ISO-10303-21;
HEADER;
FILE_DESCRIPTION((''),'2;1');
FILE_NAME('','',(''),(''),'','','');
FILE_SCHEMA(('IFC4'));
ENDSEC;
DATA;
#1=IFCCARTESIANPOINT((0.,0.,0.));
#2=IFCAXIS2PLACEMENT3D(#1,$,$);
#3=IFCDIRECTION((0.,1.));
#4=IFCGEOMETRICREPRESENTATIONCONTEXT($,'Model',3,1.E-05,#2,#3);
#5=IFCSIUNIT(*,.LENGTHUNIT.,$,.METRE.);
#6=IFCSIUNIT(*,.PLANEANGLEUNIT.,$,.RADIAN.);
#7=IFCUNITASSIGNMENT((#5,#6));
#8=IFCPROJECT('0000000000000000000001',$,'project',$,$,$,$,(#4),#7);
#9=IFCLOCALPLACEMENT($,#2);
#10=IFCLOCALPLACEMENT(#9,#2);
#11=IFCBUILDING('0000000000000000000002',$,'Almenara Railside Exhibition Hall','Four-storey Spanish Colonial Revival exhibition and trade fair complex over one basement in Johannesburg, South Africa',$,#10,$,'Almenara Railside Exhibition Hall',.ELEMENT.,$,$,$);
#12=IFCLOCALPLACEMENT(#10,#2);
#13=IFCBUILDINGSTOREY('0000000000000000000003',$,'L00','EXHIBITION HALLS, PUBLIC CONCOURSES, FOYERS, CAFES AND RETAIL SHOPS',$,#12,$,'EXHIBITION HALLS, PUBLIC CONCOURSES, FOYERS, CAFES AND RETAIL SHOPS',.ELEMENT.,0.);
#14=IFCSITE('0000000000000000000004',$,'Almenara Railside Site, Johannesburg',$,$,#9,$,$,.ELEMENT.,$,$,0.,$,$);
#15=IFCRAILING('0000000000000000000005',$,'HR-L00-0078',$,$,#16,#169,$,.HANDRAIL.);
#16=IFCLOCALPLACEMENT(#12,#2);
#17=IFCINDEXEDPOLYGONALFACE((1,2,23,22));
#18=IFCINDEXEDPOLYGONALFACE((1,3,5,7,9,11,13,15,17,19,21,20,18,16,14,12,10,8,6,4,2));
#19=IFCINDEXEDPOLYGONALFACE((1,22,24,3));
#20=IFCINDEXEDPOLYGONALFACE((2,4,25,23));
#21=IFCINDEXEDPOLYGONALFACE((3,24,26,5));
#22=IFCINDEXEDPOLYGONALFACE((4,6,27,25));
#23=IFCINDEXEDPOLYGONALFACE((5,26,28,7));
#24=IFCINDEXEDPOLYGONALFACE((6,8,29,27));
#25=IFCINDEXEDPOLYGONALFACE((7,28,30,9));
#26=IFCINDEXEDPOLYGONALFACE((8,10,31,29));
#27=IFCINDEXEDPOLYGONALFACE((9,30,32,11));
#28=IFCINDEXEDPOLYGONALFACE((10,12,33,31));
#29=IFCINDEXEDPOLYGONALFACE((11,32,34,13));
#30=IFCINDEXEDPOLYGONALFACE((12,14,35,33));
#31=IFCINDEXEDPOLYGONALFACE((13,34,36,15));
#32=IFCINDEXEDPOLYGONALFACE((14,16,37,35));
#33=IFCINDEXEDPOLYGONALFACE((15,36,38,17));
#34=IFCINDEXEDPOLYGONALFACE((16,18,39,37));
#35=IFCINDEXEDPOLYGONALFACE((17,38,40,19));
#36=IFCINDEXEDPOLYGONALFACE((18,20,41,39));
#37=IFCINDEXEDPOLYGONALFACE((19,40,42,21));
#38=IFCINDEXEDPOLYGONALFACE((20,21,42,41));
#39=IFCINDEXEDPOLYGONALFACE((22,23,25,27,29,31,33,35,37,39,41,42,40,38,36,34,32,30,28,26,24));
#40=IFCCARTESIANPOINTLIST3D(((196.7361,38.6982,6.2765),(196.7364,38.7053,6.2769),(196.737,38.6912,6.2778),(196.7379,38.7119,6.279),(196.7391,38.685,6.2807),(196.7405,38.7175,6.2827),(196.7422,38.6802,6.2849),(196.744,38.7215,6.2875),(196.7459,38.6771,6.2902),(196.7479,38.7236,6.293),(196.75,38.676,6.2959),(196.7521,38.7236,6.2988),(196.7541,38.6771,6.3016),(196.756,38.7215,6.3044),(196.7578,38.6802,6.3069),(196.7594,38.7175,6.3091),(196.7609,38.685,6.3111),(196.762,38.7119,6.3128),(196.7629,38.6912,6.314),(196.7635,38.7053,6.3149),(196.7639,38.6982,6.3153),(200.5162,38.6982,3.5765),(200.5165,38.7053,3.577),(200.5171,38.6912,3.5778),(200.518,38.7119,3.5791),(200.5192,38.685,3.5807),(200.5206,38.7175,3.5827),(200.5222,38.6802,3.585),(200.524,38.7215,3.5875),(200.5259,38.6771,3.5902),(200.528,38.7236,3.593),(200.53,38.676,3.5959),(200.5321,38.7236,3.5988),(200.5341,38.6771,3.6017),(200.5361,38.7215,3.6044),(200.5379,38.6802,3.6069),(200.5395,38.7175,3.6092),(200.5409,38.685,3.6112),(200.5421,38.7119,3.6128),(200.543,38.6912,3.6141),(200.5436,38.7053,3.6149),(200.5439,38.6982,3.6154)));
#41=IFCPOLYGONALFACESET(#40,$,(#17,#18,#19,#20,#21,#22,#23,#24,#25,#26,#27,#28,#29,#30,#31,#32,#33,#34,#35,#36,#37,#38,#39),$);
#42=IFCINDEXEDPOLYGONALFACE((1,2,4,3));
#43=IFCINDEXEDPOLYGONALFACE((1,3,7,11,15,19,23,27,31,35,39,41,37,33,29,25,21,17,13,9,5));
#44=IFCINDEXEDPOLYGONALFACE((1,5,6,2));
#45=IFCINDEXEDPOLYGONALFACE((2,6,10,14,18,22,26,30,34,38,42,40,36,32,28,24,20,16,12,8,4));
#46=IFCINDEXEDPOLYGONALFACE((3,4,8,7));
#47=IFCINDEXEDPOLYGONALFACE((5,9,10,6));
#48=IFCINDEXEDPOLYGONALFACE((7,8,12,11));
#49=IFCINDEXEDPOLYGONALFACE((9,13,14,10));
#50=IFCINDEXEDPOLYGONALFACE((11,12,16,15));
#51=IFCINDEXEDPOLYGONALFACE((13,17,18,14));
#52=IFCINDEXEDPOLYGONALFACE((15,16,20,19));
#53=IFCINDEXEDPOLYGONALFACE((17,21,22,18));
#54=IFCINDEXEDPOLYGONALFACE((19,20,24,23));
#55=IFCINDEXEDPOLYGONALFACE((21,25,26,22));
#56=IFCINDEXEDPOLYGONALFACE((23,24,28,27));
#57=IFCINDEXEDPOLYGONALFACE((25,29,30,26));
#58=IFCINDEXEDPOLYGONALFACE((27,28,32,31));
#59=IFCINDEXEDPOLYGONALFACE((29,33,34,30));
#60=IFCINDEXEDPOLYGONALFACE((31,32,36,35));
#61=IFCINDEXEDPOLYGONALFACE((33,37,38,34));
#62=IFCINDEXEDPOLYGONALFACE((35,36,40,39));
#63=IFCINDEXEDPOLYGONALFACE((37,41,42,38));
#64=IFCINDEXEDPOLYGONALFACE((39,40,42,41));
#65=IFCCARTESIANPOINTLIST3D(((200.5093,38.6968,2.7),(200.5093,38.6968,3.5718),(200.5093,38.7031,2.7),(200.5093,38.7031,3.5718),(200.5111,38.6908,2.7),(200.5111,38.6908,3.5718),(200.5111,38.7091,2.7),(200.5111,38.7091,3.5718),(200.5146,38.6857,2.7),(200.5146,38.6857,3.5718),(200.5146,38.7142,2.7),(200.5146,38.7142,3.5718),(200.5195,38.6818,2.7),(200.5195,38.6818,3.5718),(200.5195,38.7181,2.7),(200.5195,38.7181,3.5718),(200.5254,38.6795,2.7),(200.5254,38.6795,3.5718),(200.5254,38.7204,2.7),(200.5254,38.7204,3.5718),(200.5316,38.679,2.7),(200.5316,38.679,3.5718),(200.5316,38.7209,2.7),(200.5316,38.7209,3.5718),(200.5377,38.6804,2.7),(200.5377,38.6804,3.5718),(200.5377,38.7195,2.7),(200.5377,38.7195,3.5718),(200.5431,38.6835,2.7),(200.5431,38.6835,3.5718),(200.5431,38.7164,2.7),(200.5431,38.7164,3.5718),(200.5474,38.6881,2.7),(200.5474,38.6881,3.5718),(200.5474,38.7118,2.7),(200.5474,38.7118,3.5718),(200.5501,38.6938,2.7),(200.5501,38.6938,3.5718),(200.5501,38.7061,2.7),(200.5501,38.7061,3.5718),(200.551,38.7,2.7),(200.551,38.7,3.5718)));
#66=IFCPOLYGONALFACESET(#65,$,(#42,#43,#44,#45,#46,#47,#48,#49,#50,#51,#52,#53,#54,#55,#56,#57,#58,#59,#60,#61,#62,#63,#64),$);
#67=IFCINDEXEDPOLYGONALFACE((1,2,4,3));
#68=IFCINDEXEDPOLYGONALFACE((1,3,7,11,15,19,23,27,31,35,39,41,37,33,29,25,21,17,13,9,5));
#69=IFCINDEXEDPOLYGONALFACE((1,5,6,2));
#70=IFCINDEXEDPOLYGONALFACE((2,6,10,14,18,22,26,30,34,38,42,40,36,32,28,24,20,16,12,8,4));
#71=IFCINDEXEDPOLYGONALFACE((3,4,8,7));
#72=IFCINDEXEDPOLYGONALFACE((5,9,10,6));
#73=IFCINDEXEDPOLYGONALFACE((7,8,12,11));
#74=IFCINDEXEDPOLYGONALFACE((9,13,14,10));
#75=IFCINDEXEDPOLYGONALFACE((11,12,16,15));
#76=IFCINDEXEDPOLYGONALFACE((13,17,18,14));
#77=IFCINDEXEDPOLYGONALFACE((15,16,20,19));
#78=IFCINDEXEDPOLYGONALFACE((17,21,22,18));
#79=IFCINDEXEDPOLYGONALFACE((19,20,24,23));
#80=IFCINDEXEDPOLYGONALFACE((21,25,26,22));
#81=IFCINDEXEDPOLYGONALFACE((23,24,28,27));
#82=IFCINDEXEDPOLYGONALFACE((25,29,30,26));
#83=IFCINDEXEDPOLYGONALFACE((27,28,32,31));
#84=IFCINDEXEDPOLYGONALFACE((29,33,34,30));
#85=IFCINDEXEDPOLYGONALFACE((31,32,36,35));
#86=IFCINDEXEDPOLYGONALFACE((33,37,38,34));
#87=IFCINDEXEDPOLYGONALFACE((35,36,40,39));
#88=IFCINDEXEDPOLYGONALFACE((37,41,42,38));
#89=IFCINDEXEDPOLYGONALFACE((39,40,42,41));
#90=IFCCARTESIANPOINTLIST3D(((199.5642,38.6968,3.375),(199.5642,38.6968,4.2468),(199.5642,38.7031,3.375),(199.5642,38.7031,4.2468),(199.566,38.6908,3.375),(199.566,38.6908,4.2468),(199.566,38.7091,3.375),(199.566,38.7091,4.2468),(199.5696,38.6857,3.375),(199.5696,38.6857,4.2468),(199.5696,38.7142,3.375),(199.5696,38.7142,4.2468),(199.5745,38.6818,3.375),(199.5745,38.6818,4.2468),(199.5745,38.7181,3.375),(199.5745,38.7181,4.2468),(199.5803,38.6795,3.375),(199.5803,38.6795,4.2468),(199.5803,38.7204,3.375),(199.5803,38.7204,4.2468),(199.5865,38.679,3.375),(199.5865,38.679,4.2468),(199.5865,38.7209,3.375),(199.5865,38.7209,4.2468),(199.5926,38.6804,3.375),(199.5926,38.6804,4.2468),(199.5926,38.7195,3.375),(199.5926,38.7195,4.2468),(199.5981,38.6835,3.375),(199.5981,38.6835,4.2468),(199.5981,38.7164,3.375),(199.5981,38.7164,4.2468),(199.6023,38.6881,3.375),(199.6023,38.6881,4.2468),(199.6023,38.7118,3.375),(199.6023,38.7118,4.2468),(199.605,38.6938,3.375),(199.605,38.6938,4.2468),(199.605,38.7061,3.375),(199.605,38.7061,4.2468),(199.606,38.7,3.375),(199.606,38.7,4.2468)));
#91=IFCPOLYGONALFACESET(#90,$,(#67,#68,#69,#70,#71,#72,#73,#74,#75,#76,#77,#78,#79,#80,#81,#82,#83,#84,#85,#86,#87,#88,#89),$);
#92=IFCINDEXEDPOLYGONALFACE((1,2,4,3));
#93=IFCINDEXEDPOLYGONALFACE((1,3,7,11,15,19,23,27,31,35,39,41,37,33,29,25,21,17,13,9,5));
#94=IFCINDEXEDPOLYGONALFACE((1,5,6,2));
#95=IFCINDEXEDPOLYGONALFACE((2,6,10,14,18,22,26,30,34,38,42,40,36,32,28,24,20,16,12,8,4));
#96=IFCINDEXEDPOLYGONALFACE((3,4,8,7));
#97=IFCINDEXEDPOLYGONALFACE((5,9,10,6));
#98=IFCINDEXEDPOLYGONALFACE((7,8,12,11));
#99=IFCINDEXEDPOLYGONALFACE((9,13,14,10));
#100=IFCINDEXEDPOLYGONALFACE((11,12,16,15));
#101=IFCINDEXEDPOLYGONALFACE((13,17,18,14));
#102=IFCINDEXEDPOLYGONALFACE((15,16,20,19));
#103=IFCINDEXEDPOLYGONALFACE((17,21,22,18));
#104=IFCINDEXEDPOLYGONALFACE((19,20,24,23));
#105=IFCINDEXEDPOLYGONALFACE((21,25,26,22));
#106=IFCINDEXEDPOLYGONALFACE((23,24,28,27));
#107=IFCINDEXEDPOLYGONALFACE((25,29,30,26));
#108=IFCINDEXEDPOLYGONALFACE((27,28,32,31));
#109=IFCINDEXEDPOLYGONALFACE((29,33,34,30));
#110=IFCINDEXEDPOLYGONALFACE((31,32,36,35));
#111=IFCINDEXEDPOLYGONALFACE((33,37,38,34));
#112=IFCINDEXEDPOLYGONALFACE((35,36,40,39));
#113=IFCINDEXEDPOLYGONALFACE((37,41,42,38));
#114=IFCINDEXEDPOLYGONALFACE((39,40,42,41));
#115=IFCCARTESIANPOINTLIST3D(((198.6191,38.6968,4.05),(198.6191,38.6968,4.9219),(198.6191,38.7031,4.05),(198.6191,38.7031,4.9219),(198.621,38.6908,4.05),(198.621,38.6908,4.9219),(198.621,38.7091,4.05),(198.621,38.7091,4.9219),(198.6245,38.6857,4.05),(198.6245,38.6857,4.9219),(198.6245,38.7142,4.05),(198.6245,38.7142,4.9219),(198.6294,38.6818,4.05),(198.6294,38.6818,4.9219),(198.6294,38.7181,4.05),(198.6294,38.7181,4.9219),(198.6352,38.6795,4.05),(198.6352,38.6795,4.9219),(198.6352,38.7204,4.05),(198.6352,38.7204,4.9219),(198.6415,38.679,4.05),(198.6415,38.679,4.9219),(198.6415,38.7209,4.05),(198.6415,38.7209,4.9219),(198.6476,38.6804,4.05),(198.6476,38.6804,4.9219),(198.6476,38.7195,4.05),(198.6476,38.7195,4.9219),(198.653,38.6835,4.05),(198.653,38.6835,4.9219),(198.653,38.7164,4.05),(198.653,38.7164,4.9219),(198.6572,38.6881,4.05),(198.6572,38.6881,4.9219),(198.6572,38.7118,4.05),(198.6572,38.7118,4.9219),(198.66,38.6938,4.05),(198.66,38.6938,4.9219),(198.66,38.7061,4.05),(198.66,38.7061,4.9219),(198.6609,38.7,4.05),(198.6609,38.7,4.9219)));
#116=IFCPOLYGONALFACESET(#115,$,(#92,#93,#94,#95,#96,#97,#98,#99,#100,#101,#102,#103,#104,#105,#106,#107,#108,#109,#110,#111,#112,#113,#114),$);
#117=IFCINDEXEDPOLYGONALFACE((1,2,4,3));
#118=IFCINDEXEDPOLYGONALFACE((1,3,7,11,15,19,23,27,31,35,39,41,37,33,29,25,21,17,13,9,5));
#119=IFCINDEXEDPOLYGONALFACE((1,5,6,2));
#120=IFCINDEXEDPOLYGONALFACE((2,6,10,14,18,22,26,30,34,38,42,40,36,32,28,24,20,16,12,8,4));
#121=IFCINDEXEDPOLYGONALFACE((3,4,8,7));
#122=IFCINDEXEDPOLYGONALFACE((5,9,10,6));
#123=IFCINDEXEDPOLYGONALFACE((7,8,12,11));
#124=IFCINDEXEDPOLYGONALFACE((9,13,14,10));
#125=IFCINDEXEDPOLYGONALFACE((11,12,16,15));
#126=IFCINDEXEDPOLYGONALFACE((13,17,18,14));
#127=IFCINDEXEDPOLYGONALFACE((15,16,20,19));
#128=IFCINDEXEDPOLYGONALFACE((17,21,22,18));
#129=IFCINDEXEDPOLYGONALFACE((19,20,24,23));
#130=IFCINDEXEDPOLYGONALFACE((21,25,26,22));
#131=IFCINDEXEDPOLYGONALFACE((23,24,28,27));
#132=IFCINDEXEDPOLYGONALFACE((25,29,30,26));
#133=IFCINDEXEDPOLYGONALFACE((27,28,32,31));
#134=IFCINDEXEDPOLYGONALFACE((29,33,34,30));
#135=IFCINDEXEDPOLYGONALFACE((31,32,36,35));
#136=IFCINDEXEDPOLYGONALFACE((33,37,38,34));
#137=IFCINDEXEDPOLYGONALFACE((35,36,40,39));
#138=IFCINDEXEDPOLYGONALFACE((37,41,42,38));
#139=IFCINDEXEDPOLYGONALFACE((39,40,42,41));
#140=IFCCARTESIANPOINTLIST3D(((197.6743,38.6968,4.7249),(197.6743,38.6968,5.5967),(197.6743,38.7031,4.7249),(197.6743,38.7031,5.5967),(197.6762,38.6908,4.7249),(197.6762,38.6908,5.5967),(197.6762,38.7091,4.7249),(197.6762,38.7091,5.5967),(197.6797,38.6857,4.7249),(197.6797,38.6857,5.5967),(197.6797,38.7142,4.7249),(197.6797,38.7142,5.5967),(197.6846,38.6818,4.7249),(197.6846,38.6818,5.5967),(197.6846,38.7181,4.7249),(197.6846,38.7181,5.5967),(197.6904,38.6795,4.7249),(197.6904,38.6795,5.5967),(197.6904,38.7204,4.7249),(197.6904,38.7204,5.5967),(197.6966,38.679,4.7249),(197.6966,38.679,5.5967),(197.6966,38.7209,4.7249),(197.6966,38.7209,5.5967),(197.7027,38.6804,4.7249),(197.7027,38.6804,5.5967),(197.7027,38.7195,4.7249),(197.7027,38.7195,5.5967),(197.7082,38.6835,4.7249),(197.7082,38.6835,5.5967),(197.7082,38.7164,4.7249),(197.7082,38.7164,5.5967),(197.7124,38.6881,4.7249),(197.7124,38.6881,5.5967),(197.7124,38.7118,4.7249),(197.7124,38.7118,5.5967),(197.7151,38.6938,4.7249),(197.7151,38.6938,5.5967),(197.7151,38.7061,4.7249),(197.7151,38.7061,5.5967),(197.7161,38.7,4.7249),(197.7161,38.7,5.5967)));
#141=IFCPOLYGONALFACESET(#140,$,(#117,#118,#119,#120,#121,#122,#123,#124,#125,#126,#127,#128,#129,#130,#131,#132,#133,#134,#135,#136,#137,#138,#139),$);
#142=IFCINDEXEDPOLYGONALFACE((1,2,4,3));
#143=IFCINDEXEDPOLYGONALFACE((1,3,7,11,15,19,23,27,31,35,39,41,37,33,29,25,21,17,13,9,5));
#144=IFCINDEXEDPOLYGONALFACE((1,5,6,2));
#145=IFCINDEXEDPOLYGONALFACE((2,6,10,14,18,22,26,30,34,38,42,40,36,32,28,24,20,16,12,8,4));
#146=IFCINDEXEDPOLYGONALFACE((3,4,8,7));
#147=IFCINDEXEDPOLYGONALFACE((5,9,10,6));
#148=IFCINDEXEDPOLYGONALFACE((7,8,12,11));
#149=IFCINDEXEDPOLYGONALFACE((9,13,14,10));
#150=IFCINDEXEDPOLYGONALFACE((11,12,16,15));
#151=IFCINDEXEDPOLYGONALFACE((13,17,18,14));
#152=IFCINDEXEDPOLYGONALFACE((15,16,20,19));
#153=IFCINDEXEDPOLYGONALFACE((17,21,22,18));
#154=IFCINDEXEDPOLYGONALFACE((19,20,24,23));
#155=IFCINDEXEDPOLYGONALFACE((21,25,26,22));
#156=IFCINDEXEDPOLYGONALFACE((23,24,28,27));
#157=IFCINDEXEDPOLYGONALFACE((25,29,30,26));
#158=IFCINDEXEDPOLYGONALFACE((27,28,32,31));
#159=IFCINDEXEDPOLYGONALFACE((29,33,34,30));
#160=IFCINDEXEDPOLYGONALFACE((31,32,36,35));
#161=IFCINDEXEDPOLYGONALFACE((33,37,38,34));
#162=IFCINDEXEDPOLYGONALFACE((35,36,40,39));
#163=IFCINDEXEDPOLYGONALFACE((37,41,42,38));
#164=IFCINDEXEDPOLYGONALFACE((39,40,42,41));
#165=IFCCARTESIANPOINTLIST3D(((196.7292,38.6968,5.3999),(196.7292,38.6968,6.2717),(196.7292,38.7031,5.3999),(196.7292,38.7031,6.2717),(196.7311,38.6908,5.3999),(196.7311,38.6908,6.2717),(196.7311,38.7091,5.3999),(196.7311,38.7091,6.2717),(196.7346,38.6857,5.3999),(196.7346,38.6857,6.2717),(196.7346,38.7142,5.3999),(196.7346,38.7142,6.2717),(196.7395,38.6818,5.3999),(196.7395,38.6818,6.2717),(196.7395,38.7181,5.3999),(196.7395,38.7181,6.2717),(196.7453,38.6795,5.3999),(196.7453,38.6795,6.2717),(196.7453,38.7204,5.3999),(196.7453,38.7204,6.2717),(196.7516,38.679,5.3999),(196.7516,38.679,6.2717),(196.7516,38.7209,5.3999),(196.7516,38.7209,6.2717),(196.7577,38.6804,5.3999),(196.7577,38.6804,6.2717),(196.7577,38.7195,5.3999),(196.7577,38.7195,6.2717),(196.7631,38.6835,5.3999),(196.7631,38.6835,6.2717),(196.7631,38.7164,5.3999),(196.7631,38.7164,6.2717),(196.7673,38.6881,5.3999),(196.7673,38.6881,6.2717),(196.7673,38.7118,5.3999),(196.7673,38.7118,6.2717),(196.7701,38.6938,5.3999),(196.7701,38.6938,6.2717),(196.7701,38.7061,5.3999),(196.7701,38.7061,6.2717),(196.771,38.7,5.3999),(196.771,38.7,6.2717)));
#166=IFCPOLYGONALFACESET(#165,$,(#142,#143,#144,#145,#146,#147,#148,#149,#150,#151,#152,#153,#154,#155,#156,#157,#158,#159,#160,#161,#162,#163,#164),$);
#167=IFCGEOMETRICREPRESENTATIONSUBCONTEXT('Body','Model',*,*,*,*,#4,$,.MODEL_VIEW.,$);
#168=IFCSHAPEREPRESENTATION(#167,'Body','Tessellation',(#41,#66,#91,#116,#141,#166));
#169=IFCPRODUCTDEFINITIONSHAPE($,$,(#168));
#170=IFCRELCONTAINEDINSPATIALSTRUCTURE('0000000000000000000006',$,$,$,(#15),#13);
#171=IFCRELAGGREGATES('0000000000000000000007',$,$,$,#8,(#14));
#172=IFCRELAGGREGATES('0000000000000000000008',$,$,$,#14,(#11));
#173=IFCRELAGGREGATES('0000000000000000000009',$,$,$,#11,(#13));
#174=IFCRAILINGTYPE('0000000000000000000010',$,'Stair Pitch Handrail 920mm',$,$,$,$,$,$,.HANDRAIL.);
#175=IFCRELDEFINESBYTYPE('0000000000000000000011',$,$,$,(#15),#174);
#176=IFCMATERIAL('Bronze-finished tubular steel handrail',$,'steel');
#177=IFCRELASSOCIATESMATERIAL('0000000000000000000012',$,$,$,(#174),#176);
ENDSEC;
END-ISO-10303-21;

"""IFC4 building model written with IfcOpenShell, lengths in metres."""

from ifc_helpers import new_model, si_unit, direction, frame, origin, origin_2d, place, context, subcontext, project, spatial, circle, extrude, material, type_object, element, save


model = new_model("IFC4")

# Units and contexts
model_context = context("Model", 3, precision=1e-05, world=origin(), true_north=direction((0.0, 1.0)))
body_context = subcontext(model_context, "Body", "Model", "MODEL_VIEW")
ifc_project = project(units=[si_unit("LENGTHUNIT", "METRE"), si_unit("PLANEANGLEUNIT", "RADIAN")], contexts=[model_context])

# Site, building, storey
site_placement = place(None, origin())
site = spatial("IfcSite", under=ifc_project, at=site_placement, Name="Almenara Railside Site, Johannesburg", CompositionType="ELEMENT", RefElevation=0.0)
building_placement = place(site_placement, origin())
building = spatial("IfcBuilding", under=site, at=building_placement, Name="Almenara Railside Exhibition Hall", Description="Four-storey Spanish Colonial Revival exhibition and trade fair complex over one basement in Johannesburg, South Africa", LongName="Almenara Railside Exhibition Hall", CompositionType="ELEMENT")
storey_placement = place(building_placement, origin())
storey = spatial("IfcBuildingStorey", under=building, at=storey_placement, Name="L00", Description="EXHIBITION HALLS, PUBLIC CONCOURSES, FOYERS, CAFES AND RETAIL SHOPS", LongName="EXHIBITION HALLS, PUBLIC CONCOURSES, FOYERS, CAFES AND RETAIL SHOPS", CompositionType="ELEMENT", Elevation=0.0)

# Railing
ifc_material_1 = material(Name="Bronze-finished tubular steel handrail", Category="steel")
railing_type_1 = type_object("IfcRailingType", Name="Stair Pitch Handrail 920mm", PredefinedType="HANDRAIL", material=ifc_material_1)
railing_1_placement = place(storey_placement, frame((200.53, 38.7, 2.7)))
element("IfcRailing", 1, at=railing_1_placement, inside=storey, type_object=railing_type_1, Name="HR-L00-0078", PredefinedType="HANDRAIL", context=body_context, shape_type="SweptSolid", body=[
    extrude(circle(Radius=0.0239, at=origin_2d()), frame((0.0, 0.0, 0.896), z_axis=(-0.813741, 0.0, 0.581228), x_axis=(0.0, -1.0, 0.0)), (0.0, 0.0, 1.0), 4.6453),
    extrude(circle(Radius=0.021, at=origin_2d()), origin(), (0.0, 0.0, 1.0), 0.8718),
    extrude(circle(Radius=0.021, at=origin_2d()), frame((-0.9451, 0.0, 0.675)), (0.0, 0.0, 1.0), 0.8718),
    extrude(circle(Radius=0.021, at=origin_2d()), frame((-1.8901, 0.0, 1.3501)), (0.0, 0.0, 1.0), 0.8718),
    extrude(circle(Radius=0.021, at=origin_2d()), frame((-2.835, 0.0, 2.0249)), (0.0, 0.0, 1.0), 0.8718),
    extrude(circle(Radius=0.021, at=origin_2d()), frame((-3.78, 0.0, 2.7)), (0.0, 0.0, 1.0), 0.8718),
])

save(model, "model.ifc")
